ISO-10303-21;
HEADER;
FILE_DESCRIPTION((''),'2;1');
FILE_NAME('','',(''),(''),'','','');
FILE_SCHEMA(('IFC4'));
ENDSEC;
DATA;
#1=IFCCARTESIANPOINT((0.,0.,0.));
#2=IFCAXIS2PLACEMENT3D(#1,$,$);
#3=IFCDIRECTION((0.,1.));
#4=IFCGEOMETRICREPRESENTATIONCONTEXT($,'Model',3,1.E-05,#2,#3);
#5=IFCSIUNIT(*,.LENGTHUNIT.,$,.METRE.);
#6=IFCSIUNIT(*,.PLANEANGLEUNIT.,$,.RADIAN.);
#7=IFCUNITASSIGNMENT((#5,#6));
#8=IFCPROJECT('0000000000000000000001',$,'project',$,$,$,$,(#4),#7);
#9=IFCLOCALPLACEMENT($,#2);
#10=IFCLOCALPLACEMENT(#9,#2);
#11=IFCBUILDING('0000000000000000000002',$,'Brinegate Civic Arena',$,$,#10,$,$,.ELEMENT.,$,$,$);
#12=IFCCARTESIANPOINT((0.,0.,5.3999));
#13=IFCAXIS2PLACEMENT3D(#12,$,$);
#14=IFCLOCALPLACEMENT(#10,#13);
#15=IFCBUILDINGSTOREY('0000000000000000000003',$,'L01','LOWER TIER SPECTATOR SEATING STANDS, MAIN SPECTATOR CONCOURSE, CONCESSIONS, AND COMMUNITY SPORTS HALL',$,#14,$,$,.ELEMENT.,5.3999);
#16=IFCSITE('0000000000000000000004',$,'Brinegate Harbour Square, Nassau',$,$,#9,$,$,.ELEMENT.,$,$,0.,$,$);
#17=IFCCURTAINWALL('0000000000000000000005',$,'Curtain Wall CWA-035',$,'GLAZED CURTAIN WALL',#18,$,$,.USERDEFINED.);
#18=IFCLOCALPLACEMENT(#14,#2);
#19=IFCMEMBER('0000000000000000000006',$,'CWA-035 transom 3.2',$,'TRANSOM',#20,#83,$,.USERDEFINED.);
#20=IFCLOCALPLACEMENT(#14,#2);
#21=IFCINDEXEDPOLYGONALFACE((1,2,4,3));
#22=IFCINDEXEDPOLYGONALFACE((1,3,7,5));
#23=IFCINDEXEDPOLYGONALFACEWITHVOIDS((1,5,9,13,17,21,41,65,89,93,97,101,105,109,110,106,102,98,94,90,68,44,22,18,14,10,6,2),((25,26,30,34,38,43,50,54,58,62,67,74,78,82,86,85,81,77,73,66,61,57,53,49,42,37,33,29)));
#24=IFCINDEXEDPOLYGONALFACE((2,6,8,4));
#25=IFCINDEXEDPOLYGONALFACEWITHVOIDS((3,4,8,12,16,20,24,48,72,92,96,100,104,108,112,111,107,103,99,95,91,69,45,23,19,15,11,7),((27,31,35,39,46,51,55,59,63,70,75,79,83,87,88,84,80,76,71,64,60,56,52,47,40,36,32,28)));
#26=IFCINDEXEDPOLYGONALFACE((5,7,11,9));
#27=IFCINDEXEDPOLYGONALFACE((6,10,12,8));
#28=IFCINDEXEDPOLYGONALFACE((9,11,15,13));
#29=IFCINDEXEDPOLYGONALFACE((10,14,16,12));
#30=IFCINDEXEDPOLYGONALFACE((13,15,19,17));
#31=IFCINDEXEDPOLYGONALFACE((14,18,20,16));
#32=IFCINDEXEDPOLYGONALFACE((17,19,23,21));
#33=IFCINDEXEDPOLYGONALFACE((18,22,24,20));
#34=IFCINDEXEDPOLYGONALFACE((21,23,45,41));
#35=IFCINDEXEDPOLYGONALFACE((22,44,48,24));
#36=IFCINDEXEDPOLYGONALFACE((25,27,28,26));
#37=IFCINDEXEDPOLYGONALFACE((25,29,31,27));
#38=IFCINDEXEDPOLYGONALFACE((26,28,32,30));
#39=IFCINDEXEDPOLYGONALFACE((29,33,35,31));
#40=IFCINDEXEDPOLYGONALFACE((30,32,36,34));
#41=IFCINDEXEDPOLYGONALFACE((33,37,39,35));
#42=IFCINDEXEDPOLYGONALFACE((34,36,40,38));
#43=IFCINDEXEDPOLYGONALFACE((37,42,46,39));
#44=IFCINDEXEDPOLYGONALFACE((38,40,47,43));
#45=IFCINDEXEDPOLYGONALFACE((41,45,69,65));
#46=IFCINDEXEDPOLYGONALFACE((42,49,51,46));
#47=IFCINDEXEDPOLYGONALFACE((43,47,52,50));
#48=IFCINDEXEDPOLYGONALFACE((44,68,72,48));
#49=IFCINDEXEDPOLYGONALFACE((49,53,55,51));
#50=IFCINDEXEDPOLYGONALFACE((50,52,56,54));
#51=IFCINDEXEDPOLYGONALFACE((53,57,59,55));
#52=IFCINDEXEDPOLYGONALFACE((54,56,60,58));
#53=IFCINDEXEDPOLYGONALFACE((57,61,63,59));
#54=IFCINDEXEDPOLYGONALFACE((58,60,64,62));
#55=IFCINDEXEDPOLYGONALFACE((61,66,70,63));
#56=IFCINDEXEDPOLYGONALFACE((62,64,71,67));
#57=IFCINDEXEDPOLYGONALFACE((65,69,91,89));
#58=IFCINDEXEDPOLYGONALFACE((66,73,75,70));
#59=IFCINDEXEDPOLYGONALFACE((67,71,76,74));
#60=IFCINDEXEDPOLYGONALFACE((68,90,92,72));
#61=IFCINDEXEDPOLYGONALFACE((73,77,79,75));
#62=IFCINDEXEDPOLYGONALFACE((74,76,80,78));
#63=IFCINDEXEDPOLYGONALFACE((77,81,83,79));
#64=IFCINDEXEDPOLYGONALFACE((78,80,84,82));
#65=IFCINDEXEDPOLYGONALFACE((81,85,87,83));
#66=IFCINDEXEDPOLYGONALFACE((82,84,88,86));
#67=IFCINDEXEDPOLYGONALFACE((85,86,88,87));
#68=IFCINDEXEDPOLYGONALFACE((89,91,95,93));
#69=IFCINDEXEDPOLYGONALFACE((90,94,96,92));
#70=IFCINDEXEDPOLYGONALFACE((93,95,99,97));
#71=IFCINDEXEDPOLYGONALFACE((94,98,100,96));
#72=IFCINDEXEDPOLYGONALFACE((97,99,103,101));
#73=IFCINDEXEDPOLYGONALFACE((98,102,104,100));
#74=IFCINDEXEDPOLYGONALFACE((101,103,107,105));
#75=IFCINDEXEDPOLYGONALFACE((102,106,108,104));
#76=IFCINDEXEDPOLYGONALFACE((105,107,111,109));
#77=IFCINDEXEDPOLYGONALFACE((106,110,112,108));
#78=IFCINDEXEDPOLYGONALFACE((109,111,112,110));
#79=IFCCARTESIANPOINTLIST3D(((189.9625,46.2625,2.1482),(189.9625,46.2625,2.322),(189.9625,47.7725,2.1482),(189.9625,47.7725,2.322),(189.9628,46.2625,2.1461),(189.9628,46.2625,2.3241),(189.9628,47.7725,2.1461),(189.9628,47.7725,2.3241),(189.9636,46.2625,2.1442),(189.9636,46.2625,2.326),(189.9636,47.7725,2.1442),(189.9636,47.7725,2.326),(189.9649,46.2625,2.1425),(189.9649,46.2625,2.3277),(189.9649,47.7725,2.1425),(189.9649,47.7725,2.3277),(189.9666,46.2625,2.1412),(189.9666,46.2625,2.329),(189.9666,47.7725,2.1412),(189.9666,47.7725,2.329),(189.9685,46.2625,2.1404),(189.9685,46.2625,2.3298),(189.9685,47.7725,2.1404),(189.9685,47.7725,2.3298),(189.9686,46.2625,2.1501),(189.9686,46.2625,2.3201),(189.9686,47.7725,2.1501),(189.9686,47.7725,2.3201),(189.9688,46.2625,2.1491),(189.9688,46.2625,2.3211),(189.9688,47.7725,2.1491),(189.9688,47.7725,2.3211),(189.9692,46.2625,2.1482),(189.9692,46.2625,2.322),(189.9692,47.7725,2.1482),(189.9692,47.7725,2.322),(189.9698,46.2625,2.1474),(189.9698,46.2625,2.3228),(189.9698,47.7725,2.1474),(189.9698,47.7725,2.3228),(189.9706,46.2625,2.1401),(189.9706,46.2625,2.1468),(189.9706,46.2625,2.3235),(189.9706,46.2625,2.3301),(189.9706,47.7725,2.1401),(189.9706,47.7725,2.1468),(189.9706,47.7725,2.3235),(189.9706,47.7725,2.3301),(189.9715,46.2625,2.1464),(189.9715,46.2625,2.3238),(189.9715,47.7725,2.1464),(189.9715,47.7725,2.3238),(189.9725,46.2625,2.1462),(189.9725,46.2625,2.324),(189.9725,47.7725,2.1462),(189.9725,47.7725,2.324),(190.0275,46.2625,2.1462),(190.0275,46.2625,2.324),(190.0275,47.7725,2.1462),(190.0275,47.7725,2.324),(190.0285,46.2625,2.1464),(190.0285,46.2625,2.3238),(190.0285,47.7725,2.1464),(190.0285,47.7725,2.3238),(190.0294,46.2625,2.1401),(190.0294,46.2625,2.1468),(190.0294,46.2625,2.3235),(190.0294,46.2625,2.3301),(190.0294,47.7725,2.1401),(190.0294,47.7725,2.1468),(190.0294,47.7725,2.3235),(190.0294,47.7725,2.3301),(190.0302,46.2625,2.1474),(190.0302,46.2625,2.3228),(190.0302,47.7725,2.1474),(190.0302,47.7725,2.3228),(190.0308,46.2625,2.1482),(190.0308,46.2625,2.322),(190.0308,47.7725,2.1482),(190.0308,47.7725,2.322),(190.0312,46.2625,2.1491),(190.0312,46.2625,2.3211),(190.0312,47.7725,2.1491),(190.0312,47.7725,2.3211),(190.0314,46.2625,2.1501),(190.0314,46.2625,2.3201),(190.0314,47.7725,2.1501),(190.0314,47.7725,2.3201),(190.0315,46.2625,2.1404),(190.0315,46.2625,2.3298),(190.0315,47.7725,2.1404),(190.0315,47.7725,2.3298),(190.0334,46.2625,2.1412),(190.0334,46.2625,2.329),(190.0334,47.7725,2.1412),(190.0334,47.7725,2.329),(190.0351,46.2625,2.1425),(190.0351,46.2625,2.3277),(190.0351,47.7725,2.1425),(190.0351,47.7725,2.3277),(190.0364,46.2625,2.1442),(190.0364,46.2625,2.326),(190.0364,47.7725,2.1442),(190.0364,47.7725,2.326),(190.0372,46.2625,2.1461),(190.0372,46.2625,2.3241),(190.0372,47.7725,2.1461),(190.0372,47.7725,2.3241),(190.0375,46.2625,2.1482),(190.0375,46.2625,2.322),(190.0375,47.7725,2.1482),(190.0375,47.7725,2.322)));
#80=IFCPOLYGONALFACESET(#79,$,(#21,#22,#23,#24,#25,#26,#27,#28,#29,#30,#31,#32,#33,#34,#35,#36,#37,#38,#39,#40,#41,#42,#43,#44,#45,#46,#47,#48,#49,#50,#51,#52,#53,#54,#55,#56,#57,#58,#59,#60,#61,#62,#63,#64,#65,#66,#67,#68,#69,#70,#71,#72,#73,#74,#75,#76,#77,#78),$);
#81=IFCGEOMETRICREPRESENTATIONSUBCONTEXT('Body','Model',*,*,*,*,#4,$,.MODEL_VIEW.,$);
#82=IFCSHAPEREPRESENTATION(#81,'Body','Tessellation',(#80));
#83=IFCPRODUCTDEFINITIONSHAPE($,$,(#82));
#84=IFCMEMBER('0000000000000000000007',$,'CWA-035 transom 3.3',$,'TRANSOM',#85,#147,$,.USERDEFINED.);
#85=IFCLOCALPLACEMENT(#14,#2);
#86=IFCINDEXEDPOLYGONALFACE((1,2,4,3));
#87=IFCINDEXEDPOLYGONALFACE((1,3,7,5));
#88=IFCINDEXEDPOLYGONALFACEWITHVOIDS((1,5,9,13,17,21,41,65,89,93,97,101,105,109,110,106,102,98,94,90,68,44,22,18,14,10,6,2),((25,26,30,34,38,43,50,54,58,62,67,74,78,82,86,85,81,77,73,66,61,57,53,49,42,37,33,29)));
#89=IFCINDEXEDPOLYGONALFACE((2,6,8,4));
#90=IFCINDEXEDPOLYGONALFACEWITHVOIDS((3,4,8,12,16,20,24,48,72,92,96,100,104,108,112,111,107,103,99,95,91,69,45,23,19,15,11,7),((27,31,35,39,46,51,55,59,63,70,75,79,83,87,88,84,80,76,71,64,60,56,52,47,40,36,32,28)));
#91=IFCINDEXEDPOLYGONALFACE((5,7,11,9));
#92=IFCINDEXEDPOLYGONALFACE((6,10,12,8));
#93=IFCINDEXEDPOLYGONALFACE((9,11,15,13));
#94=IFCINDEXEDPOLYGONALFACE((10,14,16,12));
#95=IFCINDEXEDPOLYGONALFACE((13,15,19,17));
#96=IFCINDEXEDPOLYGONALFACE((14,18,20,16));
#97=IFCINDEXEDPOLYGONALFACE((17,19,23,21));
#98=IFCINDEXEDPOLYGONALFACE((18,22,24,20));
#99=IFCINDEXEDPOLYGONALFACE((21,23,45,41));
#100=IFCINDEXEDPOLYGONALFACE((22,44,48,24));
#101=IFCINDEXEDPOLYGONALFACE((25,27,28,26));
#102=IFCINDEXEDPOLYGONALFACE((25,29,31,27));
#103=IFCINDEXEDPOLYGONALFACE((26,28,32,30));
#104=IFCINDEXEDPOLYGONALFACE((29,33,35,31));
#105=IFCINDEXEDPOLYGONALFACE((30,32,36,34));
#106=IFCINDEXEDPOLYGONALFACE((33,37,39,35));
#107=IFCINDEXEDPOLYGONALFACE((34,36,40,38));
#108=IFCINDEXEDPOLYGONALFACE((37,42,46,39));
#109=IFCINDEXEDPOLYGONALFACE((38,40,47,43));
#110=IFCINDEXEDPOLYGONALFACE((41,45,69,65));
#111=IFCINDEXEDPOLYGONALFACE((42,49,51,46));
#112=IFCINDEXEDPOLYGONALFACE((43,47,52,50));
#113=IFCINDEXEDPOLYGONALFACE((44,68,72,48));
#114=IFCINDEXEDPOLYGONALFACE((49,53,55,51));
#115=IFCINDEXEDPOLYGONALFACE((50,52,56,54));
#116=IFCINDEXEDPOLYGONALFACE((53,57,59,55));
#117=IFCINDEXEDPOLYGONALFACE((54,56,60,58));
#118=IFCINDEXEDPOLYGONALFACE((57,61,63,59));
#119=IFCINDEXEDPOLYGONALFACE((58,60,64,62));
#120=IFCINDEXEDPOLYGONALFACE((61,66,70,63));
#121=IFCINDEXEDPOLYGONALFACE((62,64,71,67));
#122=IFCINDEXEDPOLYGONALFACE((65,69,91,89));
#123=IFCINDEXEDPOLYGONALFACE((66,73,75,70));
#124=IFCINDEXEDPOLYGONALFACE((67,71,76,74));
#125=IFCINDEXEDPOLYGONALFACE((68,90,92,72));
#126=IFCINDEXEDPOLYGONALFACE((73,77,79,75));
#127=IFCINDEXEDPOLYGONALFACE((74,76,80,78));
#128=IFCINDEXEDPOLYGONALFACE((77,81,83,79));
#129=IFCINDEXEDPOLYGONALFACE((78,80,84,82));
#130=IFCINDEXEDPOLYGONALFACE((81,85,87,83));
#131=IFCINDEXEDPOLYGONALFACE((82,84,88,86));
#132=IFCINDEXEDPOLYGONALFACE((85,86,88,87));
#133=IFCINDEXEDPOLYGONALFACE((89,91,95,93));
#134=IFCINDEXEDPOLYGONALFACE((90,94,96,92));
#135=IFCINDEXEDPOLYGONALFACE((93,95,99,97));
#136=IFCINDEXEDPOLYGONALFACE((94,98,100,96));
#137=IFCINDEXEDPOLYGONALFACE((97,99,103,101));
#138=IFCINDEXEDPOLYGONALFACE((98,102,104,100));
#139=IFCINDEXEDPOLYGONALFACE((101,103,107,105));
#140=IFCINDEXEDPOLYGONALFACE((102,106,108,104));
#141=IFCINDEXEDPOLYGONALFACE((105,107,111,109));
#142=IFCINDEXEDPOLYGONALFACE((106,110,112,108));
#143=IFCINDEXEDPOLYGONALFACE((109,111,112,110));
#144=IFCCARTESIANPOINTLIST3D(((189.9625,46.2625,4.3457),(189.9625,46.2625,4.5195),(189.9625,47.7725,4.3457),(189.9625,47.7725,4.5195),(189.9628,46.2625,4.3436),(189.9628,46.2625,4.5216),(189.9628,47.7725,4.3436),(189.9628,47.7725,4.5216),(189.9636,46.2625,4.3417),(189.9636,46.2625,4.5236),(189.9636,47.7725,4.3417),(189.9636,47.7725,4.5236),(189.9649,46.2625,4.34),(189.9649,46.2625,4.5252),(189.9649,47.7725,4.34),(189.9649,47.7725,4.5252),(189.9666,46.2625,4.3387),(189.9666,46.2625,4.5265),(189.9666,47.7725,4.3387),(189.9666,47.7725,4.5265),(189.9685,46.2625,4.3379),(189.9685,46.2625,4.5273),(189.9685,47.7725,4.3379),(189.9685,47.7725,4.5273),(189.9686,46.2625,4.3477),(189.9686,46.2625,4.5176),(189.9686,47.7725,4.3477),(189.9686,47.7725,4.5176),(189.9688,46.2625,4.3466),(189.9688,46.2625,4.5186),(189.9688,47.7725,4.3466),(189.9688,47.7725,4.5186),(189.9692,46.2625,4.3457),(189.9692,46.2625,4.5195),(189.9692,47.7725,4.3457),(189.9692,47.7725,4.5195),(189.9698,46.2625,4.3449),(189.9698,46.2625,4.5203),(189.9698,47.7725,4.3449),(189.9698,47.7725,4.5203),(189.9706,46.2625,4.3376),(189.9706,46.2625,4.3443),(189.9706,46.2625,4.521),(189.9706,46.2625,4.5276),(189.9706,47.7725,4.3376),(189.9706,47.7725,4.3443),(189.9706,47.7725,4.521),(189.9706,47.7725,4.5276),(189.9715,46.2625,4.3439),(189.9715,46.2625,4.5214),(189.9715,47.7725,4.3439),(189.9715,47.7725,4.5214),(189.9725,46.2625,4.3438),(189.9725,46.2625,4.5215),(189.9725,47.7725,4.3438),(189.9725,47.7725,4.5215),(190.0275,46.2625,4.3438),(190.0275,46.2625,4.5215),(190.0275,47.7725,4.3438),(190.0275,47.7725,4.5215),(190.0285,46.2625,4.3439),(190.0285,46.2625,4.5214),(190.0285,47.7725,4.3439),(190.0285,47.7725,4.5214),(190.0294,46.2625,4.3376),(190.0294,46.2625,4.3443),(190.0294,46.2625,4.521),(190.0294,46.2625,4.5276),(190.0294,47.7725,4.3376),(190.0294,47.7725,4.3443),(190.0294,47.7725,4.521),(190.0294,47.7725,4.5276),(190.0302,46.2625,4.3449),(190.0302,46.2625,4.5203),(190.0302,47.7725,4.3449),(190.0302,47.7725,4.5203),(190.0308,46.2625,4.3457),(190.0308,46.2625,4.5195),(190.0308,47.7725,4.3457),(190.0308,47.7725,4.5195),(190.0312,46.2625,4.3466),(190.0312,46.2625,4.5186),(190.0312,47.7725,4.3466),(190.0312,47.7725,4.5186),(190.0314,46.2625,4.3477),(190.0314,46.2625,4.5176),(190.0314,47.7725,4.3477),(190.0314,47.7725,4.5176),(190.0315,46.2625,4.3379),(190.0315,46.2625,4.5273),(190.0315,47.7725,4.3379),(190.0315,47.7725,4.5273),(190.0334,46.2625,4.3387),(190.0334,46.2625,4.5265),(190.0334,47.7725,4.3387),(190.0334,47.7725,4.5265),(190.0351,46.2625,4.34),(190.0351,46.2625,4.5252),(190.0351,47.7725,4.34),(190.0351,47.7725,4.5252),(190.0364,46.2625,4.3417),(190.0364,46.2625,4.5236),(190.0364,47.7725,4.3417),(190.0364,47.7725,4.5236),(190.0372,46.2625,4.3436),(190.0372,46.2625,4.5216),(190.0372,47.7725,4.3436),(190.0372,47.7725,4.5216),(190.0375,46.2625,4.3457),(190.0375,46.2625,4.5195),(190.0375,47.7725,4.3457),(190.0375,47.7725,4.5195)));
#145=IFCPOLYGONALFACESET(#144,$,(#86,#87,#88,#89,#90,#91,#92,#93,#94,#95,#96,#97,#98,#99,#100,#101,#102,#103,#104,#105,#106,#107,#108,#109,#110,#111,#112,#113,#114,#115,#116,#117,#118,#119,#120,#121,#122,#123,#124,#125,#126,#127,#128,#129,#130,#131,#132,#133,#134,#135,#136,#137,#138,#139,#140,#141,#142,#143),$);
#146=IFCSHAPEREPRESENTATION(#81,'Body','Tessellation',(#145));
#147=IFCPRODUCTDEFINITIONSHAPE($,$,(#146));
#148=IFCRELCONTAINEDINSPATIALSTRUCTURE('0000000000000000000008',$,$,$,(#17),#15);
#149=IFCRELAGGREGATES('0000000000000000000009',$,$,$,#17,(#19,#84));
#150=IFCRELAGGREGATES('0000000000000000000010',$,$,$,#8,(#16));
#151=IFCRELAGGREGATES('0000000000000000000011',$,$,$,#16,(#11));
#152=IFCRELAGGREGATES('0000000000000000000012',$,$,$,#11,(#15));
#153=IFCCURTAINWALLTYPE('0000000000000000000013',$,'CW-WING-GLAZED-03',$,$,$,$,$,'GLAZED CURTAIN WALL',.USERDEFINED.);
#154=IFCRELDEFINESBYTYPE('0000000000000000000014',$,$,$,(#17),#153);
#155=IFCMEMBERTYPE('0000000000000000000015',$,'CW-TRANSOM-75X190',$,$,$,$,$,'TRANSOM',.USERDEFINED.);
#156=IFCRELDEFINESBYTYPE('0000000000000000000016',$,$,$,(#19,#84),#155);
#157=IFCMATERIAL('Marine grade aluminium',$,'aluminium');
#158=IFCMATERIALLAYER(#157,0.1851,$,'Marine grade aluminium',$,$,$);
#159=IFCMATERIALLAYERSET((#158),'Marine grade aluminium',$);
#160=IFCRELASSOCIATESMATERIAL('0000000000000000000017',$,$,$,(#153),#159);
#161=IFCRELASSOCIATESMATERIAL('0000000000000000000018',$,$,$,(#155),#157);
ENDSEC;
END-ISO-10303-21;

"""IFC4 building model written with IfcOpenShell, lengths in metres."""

from ifc_helpers import new_model, si_unit, direction, frame, origin, origin_2d, place, context, subcontext, project, spatial, hollow_rectangle, extrude, material, layer, layer_set, material_profile, profile_set, type_object, element, aggregate, save


model = new_model("IFC4")

# Units and contexts
model_context = context("Model", 3, precision=1e-05, world=origin(), true_north=direction((0.0, 1.0)))
body_context = subcontext(model_context, "Body", "Model", "MODEL_VIEW")
ifc_project = project(units=[si_unit("LENGTHUNIT", "METRE"), si_unit("PLANEANGLEUNIT", "RADIAN")], contexts=[model_context])

# Site, building, storey
site_placement = place(None, origin())
site = spatial("IfcSite", under=ifc_project, at=site_placement, Name="Brinegate Harbour Square, Nassau", CompositionType="ELEMENT", RefElevation=0.0)
building_placement = place(site_placement, origin())
building = spatial("IfcBuilding", under=site, at=building_placement, Name="Brinegate Civic Arena", CompositionType="ELEMENT")
storey_placement = place(building_placement, frame((0.0, 0.0, 5.3999)))
storey = spatial("IfcBuildingStorey", under=building, at=storey_placement, Name="L01", Description="LOWER TIER SPECTATOR SEATING STANDS, MAIN SPECTATOR CONCOURSE, CONCESSIONS, AND COMMUNITY SPORTS HALL", CompositionType="ELEMENT", Elevation=5.3999)

# Curtain wall, members
ifc_material_1 = material(Name="Marine grade aluminium", Category="aluminium")
ifc_layer_1 = layer(ifc_material_1, 0.1851, Name="Marine grade aluminium")
ifc_layer_set_1 = layer_set([ifc_layer_1], Name="Marine grade aluminium")
curtain_wall_type = type_object("IfcCurtainWallType", Name="CW-WING-GLAZED-03", ElementType="GLAZED CURTAIN WALL", PredefinedType="USERDEFINED", material=ifc_layer_set_1)
curtain_wall_placement = place(storey_placement, origin())
curtain_wall = element("IfcCurtainWall", 1, at=curtain_wall_placement, inside=storey, type_object=curtain_wall_type, Name="Curtain Wall CWA-035", ObjectType="GLAZED CURTAIN WALL", PredefinedType="USERDEFINED")
ifc_material_profile_1 = material_profile(ifc_material_1, hollow_rectangle(XDim=0.075, YDim=0.1899, WallThickness=0.0061, InnerFilletRadius=0.0039, OuterFilletRadius=0.0081, at=origin_2d()), Name="TRN75X190")
ifc_profile_set_1 = profile_set([ifc_material_profile_1], Name="Marine grade aluminium")
member_type_1 = type_object("IfcMemberType", Name="CW-TRANSOM-75X190", ElementType="TRANSOM", PredefinedType="USERDEFINED", material=ifc_profile_set_1)
member_1_placement = place(storey_placement, frame((190.0, 46.2625, 2.2351), z_axis=(0.0, 1.0, 0.0), x_axis=(-1.0, 0.0, 0.0)))
member_1 = element("IfcMember", 2, at=member_1_placement, type_object=member_type_1, Name="CWA-035 transom 3.2", ObjectType="TRANSOM", PredefinedType="USERDEFINED", context=body_context, shape_type="SweptSolid", body=[
    extrude(hollow_rectangle(XDim=0.075, YDim=0.1899, WallThickness=0.0061, InnerFilletRadius=0.0039, OuterFilletRadius=0.0081, at=origin_2d()), origin(), (0.0, 0.0, 1.0), 1.51),
])
member_2_placement = place(storey_placement, frame((190.0, 46.2625, 4.4326), z_axis=(0.0, 1.0, 0.0), x_axis=(-1.0, 0.0, 0.0)))
member_2 = element("IfcMember", 3, at=member_2_placement, type_object=member_type_1, Name="CWA-035 transom 3.3", ObjectType="TRANSOM", PredefinedType="USERDEFINED", context=body_context, shape_type="SweptSolid", body=[
    extrude(hollow_rectangle(XDim=0.075, YDim=0.1899, WallThickness=0.0061, InnerFilletRadius=0.0039, OuterFilletRadius=0.0081, at=origin_2d()), origin(), (0.0, 0.0, 1.0), 1.51),
])
aggregate(curtain_wall, [member_1, member_2])

save(model, "model.ifc")
